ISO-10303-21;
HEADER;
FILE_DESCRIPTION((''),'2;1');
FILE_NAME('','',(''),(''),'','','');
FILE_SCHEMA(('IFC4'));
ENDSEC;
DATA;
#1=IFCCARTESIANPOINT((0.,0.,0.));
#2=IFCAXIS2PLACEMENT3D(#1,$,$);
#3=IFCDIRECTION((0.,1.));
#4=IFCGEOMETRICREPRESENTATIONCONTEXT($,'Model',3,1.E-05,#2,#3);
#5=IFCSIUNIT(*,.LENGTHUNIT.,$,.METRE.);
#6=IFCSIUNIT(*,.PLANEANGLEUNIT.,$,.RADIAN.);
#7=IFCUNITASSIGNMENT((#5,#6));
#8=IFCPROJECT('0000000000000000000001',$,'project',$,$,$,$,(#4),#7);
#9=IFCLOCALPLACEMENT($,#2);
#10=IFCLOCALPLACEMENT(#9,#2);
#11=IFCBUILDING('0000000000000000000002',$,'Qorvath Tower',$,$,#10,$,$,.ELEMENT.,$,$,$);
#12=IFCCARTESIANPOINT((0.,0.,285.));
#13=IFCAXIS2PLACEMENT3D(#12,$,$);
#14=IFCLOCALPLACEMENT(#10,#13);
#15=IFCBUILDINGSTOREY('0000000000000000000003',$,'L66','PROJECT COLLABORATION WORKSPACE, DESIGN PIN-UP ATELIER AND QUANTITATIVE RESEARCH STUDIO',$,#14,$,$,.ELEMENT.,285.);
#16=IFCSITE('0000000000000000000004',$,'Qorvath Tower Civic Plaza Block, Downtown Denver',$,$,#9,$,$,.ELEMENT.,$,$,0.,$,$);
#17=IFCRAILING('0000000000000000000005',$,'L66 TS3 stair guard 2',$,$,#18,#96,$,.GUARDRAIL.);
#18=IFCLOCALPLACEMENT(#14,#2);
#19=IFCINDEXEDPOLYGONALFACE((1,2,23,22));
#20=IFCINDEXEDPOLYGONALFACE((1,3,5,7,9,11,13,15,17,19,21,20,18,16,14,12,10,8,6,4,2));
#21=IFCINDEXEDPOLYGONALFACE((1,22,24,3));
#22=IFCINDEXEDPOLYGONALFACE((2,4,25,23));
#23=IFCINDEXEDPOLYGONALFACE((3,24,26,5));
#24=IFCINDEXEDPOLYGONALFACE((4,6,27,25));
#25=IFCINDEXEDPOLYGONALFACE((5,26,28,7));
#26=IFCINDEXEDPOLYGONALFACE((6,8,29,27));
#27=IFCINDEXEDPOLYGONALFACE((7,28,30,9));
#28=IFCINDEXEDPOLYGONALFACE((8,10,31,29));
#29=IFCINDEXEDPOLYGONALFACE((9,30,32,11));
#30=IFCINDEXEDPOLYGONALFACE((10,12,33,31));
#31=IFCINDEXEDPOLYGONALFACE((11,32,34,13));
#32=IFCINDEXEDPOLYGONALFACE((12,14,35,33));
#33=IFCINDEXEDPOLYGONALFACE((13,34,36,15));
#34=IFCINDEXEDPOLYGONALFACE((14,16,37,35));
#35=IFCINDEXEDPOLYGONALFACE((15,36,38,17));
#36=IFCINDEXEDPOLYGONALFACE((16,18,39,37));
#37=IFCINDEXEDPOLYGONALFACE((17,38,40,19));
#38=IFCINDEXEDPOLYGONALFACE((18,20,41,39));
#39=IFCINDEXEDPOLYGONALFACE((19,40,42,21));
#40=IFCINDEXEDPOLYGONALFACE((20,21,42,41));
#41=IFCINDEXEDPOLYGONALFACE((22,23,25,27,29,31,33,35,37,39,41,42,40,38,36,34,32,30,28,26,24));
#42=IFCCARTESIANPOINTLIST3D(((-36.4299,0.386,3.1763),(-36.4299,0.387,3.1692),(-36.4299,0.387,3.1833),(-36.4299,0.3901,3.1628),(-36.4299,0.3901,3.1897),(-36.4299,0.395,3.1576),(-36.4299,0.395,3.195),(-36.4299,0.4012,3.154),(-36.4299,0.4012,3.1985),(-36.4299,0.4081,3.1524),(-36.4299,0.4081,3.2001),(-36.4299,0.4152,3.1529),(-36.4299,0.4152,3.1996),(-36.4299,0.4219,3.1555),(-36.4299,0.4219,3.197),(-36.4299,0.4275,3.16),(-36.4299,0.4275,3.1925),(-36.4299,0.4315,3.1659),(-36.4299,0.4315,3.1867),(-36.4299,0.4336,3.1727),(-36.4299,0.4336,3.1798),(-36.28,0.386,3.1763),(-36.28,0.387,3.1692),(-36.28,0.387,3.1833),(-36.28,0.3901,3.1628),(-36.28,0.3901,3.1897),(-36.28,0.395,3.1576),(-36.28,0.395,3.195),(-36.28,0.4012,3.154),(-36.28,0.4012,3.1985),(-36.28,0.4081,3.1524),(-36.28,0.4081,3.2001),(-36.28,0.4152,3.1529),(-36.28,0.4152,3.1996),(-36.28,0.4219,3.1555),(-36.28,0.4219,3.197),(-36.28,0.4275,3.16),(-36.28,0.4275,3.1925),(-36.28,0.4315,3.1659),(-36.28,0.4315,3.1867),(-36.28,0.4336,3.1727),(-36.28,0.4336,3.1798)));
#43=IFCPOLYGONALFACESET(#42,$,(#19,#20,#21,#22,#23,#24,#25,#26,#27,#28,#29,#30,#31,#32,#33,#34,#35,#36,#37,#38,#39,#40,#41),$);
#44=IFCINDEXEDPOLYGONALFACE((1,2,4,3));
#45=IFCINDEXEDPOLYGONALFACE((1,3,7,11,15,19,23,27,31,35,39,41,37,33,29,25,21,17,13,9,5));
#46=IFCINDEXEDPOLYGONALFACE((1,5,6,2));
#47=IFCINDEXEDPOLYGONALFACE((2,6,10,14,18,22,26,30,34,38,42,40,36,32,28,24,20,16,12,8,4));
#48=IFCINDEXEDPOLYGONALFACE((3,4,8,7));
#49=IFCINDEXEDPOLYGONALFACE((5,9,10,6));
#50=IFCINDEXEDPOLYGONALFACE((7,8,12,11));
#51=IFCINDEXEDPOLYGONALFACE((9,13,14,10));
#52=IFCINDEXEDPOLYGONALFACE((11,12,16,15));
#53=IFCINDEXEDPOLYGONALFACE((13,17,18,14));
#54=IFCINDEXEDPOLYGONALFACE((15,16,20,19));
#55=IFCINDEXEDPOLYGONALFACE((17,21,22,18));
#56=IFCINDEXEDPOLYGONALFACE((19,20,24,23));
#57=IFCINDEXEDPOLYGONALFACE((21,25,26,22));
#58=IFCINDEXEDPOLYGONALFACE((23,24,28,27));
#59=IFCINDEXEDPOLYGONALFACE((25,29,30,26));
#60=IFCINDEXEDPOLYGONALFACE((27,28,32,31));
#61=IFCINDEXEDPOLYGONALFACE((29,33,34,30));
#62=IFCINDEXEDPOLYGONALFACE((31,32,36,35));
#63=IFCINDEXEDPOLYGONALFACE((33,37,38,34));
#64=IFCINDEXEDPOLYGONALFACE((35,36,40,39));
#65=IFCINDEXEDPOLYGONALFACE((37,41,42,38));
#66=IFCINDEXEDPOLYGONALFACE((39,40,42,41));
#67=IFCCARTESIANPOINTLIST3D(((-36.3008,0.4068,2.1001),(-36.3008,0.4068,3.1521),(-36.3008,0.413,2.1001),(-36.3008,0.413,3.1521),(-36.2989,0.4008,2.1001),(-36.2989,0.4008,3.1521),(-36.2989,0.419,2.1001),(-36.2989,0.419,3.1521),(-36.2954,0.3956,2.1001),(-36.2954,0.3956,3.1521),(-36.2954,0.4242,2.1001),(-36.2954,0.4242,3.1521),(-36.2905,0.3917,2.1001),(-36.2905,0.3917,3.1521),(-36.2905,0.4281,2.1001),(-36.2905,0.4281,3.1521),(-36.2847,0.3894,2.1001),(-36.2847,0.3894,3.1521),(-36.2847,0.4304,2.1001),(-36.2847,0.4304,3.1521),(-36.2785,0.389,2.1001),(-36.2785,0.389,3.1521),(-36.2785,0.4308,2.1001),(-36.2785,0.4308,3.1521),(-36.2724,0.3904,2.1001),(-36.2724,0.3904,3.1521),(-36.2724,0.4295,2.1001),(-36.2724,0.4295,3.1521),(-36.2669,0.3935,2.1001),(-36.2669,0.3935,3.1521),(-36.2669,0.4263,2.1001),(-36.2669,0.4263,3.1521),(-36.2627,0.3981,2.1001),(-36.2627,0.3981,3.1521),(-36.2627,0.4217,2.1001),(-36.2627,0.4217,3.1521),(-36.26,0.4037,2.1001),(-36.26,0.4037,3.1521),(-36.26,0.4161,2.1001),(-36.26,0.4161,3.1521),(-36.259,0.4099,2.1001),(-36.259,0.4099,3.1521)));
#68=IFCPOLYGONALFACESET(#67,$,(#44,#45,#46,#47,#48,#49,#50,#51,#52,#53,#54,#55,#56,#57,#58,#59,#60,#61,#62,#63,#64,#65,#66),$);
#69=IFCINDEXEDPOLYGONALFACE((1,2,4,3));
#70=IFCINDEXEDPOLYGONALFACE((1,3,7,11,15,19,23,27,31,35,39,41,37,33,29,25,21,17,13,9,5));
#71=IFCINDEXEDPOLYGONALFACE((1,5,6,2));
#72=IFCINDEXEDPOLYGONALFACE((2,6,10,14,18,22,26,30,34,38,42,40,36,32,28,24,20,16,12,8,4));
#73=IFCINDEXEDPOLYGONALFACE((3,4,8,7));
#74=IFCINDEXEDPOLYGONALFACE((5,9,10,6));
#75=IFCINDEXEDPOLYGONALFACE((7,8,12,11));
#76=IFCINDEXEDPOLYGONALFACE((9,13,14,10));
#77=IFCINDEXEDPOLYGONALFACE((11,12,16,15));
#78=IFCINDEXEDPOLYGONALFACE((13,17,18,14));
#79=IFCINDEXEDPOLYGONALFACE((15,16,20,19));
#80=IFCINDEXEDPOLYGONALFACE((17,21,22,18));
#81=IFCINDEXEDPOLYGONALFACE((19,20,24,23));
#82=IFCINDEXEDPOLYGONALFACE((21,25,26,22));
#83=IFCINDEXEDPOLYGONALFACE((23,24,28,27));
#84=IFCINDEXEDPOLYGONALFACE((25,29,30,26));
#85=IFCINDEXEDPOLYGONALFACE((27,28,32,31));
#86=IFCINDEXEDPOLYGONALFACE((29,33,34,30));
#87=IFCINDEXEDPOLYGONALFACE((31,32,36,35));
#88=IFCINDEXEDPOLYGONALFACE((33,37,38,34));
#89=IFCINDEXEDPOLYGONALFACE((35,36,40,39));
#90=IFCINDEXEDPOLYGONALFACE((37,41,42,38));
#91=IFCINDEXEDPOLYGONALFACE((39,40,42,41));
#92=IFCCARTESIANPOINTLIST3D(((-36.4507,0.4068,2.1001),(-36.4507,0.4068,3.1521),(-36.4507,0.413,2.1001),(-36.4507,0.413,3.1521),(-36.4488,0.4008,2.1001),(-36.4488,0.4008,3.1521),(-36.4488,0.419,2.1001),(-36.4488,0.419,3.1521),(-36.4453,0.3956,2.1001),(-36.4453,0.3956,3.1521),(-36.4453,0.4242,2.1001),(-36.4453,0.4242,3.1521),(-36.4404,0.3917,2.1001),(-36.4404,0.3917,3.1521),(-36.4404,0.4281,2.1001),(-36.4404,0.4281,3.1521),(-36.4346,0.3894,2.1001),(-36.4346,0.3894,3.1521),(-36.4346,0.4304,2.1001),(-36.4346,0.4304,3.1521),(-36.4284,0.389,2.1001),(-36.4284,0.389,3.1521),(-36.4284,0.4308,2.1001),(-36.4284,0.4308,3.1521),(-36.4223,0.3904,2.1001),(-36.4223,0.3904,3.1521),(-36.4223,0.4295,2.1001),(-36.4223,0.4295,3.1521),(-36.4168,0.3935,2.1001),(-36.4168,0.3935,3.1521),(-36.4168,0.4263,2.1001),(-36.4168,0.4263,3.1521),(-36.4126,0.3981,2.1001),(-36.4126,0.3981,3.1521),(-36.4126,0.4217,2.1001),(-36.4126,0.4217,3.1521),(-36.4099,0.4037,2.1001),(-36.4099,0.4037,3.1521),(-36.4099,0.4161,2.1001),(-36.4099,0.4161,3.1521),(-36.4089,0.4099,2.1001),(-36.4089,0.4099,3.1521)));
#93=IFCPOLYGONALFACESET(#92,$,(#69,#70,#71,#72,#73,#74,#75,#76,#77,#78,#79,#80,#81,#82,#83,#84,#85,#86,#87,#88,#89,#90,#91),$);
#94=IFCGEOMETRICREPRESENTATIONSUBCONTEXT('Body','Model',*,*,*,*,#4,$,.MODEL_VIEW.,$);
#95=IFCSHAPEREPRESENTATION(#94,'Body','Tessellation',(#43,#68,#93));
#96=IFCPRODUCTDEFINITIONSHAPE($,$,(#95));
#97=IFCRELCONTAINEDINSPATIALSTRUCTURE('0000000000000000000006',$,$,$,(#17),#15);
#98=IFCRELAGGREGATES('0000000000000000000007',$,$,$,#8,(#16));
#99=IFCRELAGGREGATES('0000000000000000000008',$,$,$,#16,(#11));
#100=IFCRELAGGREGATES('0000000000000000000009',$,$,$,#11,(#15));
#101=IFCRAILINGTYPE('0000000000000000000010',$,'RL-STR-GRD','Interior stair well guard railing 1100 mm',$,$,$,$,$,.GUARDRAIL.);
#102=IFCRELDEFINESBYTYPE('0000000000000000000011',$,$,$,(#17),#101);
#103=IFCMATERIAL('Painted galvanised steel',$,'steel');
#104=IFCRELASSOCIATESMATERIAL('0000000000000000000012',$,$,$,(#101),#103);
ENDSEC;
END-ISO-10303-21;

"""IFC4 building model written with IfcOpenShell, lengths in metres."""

from ifc_helpers import new_model, si_unit, direction, frame, origin, origin_2d, place, context, subcontext, project, spatial, circle, extrude, material, type_object, element, save


model = new_model("IFC4")

# Units and contexts
model_context = context("Model", 3, precision=1e-05, world=origin(), true_north=direction((0.0, 1.0)))
body_context = subcontext(model_context, "Body", "Model", "MODEL_VIEW")
ifc_project = project(units=[si_unit("LENGTHUNIT", "METRE"), si_unit("PLANEANGLEUNIT", "RADIAN")], contexts=[model_context])

# Site, building, storey
site_placement = place(None, origin())
site = spatial("IfcSite", under=ifc_project, at=site_placement, Name="Qorvath Tower Civic Plaza Block, Downtown Denver", CompositionType="ELEMENT", RefElevation=0.0)
building_placement = place(site_placement, origin())
building = spatial("IfcBuilding", under=site, at=building_placement, Name="Qorvath Tower", CompositionType="ELEMENT")
storey_placement = place(building_placement, frame((0.0, 0.0, 285.0)))
storey = spatial("IfcBuildingStorey", under=building, at=storey_placement, Name="L66", Description="PROJECT COLLABORATION WORKSPACE, DESIGN PIN-UP ATELIER AND QUANTITATIVE RESEARCH STUDIO", CompositionType="ELEMENT", Elevation=285.0)

# Railing
ifc_material_1 = material(Name="Painted galvanised steel", Category="steel")
railing_type = type_object("IfcRailingType", Name="RL-STR-GRD", Description="Interior stair well guard railing 1100 mm", PredefinedType="GUARDRAIL", material=ifc_material_1)
railing_1_placement = place(storey_placement, frame((-36.28, 0.4099, 2.1001)))
element("IfcRailing", 1, at=railing_1_placement, inside=storey, type_object=railing_type, Name="L66 TS3 stair guard 2", PredefinedType="GUARDRAIL", context=body_context, shape_type="SweptSolid", body=[
    extrude(circle(Radius=0.0239, at=origin_2d()), frame((0.0, 0.0, 1.0762), z_axis=(-1.0, 0.0, 0.0), x_axis=(0.0, -1.0, 0.0)), (0.0, 0.0, 1.0), 0.1499),
    extrude(circle(Radius=0.021, at=origin_2d()), origin(), (0.0, 0.0, 1.0), 1.052),
    extrude(circle(Radius=0.021, at=origin_2d()), frame((-0.1499, 0.0, 0.0)), (0.0, 0.0, 1.0), 1.052),
])

save(model, "model.ifc")
